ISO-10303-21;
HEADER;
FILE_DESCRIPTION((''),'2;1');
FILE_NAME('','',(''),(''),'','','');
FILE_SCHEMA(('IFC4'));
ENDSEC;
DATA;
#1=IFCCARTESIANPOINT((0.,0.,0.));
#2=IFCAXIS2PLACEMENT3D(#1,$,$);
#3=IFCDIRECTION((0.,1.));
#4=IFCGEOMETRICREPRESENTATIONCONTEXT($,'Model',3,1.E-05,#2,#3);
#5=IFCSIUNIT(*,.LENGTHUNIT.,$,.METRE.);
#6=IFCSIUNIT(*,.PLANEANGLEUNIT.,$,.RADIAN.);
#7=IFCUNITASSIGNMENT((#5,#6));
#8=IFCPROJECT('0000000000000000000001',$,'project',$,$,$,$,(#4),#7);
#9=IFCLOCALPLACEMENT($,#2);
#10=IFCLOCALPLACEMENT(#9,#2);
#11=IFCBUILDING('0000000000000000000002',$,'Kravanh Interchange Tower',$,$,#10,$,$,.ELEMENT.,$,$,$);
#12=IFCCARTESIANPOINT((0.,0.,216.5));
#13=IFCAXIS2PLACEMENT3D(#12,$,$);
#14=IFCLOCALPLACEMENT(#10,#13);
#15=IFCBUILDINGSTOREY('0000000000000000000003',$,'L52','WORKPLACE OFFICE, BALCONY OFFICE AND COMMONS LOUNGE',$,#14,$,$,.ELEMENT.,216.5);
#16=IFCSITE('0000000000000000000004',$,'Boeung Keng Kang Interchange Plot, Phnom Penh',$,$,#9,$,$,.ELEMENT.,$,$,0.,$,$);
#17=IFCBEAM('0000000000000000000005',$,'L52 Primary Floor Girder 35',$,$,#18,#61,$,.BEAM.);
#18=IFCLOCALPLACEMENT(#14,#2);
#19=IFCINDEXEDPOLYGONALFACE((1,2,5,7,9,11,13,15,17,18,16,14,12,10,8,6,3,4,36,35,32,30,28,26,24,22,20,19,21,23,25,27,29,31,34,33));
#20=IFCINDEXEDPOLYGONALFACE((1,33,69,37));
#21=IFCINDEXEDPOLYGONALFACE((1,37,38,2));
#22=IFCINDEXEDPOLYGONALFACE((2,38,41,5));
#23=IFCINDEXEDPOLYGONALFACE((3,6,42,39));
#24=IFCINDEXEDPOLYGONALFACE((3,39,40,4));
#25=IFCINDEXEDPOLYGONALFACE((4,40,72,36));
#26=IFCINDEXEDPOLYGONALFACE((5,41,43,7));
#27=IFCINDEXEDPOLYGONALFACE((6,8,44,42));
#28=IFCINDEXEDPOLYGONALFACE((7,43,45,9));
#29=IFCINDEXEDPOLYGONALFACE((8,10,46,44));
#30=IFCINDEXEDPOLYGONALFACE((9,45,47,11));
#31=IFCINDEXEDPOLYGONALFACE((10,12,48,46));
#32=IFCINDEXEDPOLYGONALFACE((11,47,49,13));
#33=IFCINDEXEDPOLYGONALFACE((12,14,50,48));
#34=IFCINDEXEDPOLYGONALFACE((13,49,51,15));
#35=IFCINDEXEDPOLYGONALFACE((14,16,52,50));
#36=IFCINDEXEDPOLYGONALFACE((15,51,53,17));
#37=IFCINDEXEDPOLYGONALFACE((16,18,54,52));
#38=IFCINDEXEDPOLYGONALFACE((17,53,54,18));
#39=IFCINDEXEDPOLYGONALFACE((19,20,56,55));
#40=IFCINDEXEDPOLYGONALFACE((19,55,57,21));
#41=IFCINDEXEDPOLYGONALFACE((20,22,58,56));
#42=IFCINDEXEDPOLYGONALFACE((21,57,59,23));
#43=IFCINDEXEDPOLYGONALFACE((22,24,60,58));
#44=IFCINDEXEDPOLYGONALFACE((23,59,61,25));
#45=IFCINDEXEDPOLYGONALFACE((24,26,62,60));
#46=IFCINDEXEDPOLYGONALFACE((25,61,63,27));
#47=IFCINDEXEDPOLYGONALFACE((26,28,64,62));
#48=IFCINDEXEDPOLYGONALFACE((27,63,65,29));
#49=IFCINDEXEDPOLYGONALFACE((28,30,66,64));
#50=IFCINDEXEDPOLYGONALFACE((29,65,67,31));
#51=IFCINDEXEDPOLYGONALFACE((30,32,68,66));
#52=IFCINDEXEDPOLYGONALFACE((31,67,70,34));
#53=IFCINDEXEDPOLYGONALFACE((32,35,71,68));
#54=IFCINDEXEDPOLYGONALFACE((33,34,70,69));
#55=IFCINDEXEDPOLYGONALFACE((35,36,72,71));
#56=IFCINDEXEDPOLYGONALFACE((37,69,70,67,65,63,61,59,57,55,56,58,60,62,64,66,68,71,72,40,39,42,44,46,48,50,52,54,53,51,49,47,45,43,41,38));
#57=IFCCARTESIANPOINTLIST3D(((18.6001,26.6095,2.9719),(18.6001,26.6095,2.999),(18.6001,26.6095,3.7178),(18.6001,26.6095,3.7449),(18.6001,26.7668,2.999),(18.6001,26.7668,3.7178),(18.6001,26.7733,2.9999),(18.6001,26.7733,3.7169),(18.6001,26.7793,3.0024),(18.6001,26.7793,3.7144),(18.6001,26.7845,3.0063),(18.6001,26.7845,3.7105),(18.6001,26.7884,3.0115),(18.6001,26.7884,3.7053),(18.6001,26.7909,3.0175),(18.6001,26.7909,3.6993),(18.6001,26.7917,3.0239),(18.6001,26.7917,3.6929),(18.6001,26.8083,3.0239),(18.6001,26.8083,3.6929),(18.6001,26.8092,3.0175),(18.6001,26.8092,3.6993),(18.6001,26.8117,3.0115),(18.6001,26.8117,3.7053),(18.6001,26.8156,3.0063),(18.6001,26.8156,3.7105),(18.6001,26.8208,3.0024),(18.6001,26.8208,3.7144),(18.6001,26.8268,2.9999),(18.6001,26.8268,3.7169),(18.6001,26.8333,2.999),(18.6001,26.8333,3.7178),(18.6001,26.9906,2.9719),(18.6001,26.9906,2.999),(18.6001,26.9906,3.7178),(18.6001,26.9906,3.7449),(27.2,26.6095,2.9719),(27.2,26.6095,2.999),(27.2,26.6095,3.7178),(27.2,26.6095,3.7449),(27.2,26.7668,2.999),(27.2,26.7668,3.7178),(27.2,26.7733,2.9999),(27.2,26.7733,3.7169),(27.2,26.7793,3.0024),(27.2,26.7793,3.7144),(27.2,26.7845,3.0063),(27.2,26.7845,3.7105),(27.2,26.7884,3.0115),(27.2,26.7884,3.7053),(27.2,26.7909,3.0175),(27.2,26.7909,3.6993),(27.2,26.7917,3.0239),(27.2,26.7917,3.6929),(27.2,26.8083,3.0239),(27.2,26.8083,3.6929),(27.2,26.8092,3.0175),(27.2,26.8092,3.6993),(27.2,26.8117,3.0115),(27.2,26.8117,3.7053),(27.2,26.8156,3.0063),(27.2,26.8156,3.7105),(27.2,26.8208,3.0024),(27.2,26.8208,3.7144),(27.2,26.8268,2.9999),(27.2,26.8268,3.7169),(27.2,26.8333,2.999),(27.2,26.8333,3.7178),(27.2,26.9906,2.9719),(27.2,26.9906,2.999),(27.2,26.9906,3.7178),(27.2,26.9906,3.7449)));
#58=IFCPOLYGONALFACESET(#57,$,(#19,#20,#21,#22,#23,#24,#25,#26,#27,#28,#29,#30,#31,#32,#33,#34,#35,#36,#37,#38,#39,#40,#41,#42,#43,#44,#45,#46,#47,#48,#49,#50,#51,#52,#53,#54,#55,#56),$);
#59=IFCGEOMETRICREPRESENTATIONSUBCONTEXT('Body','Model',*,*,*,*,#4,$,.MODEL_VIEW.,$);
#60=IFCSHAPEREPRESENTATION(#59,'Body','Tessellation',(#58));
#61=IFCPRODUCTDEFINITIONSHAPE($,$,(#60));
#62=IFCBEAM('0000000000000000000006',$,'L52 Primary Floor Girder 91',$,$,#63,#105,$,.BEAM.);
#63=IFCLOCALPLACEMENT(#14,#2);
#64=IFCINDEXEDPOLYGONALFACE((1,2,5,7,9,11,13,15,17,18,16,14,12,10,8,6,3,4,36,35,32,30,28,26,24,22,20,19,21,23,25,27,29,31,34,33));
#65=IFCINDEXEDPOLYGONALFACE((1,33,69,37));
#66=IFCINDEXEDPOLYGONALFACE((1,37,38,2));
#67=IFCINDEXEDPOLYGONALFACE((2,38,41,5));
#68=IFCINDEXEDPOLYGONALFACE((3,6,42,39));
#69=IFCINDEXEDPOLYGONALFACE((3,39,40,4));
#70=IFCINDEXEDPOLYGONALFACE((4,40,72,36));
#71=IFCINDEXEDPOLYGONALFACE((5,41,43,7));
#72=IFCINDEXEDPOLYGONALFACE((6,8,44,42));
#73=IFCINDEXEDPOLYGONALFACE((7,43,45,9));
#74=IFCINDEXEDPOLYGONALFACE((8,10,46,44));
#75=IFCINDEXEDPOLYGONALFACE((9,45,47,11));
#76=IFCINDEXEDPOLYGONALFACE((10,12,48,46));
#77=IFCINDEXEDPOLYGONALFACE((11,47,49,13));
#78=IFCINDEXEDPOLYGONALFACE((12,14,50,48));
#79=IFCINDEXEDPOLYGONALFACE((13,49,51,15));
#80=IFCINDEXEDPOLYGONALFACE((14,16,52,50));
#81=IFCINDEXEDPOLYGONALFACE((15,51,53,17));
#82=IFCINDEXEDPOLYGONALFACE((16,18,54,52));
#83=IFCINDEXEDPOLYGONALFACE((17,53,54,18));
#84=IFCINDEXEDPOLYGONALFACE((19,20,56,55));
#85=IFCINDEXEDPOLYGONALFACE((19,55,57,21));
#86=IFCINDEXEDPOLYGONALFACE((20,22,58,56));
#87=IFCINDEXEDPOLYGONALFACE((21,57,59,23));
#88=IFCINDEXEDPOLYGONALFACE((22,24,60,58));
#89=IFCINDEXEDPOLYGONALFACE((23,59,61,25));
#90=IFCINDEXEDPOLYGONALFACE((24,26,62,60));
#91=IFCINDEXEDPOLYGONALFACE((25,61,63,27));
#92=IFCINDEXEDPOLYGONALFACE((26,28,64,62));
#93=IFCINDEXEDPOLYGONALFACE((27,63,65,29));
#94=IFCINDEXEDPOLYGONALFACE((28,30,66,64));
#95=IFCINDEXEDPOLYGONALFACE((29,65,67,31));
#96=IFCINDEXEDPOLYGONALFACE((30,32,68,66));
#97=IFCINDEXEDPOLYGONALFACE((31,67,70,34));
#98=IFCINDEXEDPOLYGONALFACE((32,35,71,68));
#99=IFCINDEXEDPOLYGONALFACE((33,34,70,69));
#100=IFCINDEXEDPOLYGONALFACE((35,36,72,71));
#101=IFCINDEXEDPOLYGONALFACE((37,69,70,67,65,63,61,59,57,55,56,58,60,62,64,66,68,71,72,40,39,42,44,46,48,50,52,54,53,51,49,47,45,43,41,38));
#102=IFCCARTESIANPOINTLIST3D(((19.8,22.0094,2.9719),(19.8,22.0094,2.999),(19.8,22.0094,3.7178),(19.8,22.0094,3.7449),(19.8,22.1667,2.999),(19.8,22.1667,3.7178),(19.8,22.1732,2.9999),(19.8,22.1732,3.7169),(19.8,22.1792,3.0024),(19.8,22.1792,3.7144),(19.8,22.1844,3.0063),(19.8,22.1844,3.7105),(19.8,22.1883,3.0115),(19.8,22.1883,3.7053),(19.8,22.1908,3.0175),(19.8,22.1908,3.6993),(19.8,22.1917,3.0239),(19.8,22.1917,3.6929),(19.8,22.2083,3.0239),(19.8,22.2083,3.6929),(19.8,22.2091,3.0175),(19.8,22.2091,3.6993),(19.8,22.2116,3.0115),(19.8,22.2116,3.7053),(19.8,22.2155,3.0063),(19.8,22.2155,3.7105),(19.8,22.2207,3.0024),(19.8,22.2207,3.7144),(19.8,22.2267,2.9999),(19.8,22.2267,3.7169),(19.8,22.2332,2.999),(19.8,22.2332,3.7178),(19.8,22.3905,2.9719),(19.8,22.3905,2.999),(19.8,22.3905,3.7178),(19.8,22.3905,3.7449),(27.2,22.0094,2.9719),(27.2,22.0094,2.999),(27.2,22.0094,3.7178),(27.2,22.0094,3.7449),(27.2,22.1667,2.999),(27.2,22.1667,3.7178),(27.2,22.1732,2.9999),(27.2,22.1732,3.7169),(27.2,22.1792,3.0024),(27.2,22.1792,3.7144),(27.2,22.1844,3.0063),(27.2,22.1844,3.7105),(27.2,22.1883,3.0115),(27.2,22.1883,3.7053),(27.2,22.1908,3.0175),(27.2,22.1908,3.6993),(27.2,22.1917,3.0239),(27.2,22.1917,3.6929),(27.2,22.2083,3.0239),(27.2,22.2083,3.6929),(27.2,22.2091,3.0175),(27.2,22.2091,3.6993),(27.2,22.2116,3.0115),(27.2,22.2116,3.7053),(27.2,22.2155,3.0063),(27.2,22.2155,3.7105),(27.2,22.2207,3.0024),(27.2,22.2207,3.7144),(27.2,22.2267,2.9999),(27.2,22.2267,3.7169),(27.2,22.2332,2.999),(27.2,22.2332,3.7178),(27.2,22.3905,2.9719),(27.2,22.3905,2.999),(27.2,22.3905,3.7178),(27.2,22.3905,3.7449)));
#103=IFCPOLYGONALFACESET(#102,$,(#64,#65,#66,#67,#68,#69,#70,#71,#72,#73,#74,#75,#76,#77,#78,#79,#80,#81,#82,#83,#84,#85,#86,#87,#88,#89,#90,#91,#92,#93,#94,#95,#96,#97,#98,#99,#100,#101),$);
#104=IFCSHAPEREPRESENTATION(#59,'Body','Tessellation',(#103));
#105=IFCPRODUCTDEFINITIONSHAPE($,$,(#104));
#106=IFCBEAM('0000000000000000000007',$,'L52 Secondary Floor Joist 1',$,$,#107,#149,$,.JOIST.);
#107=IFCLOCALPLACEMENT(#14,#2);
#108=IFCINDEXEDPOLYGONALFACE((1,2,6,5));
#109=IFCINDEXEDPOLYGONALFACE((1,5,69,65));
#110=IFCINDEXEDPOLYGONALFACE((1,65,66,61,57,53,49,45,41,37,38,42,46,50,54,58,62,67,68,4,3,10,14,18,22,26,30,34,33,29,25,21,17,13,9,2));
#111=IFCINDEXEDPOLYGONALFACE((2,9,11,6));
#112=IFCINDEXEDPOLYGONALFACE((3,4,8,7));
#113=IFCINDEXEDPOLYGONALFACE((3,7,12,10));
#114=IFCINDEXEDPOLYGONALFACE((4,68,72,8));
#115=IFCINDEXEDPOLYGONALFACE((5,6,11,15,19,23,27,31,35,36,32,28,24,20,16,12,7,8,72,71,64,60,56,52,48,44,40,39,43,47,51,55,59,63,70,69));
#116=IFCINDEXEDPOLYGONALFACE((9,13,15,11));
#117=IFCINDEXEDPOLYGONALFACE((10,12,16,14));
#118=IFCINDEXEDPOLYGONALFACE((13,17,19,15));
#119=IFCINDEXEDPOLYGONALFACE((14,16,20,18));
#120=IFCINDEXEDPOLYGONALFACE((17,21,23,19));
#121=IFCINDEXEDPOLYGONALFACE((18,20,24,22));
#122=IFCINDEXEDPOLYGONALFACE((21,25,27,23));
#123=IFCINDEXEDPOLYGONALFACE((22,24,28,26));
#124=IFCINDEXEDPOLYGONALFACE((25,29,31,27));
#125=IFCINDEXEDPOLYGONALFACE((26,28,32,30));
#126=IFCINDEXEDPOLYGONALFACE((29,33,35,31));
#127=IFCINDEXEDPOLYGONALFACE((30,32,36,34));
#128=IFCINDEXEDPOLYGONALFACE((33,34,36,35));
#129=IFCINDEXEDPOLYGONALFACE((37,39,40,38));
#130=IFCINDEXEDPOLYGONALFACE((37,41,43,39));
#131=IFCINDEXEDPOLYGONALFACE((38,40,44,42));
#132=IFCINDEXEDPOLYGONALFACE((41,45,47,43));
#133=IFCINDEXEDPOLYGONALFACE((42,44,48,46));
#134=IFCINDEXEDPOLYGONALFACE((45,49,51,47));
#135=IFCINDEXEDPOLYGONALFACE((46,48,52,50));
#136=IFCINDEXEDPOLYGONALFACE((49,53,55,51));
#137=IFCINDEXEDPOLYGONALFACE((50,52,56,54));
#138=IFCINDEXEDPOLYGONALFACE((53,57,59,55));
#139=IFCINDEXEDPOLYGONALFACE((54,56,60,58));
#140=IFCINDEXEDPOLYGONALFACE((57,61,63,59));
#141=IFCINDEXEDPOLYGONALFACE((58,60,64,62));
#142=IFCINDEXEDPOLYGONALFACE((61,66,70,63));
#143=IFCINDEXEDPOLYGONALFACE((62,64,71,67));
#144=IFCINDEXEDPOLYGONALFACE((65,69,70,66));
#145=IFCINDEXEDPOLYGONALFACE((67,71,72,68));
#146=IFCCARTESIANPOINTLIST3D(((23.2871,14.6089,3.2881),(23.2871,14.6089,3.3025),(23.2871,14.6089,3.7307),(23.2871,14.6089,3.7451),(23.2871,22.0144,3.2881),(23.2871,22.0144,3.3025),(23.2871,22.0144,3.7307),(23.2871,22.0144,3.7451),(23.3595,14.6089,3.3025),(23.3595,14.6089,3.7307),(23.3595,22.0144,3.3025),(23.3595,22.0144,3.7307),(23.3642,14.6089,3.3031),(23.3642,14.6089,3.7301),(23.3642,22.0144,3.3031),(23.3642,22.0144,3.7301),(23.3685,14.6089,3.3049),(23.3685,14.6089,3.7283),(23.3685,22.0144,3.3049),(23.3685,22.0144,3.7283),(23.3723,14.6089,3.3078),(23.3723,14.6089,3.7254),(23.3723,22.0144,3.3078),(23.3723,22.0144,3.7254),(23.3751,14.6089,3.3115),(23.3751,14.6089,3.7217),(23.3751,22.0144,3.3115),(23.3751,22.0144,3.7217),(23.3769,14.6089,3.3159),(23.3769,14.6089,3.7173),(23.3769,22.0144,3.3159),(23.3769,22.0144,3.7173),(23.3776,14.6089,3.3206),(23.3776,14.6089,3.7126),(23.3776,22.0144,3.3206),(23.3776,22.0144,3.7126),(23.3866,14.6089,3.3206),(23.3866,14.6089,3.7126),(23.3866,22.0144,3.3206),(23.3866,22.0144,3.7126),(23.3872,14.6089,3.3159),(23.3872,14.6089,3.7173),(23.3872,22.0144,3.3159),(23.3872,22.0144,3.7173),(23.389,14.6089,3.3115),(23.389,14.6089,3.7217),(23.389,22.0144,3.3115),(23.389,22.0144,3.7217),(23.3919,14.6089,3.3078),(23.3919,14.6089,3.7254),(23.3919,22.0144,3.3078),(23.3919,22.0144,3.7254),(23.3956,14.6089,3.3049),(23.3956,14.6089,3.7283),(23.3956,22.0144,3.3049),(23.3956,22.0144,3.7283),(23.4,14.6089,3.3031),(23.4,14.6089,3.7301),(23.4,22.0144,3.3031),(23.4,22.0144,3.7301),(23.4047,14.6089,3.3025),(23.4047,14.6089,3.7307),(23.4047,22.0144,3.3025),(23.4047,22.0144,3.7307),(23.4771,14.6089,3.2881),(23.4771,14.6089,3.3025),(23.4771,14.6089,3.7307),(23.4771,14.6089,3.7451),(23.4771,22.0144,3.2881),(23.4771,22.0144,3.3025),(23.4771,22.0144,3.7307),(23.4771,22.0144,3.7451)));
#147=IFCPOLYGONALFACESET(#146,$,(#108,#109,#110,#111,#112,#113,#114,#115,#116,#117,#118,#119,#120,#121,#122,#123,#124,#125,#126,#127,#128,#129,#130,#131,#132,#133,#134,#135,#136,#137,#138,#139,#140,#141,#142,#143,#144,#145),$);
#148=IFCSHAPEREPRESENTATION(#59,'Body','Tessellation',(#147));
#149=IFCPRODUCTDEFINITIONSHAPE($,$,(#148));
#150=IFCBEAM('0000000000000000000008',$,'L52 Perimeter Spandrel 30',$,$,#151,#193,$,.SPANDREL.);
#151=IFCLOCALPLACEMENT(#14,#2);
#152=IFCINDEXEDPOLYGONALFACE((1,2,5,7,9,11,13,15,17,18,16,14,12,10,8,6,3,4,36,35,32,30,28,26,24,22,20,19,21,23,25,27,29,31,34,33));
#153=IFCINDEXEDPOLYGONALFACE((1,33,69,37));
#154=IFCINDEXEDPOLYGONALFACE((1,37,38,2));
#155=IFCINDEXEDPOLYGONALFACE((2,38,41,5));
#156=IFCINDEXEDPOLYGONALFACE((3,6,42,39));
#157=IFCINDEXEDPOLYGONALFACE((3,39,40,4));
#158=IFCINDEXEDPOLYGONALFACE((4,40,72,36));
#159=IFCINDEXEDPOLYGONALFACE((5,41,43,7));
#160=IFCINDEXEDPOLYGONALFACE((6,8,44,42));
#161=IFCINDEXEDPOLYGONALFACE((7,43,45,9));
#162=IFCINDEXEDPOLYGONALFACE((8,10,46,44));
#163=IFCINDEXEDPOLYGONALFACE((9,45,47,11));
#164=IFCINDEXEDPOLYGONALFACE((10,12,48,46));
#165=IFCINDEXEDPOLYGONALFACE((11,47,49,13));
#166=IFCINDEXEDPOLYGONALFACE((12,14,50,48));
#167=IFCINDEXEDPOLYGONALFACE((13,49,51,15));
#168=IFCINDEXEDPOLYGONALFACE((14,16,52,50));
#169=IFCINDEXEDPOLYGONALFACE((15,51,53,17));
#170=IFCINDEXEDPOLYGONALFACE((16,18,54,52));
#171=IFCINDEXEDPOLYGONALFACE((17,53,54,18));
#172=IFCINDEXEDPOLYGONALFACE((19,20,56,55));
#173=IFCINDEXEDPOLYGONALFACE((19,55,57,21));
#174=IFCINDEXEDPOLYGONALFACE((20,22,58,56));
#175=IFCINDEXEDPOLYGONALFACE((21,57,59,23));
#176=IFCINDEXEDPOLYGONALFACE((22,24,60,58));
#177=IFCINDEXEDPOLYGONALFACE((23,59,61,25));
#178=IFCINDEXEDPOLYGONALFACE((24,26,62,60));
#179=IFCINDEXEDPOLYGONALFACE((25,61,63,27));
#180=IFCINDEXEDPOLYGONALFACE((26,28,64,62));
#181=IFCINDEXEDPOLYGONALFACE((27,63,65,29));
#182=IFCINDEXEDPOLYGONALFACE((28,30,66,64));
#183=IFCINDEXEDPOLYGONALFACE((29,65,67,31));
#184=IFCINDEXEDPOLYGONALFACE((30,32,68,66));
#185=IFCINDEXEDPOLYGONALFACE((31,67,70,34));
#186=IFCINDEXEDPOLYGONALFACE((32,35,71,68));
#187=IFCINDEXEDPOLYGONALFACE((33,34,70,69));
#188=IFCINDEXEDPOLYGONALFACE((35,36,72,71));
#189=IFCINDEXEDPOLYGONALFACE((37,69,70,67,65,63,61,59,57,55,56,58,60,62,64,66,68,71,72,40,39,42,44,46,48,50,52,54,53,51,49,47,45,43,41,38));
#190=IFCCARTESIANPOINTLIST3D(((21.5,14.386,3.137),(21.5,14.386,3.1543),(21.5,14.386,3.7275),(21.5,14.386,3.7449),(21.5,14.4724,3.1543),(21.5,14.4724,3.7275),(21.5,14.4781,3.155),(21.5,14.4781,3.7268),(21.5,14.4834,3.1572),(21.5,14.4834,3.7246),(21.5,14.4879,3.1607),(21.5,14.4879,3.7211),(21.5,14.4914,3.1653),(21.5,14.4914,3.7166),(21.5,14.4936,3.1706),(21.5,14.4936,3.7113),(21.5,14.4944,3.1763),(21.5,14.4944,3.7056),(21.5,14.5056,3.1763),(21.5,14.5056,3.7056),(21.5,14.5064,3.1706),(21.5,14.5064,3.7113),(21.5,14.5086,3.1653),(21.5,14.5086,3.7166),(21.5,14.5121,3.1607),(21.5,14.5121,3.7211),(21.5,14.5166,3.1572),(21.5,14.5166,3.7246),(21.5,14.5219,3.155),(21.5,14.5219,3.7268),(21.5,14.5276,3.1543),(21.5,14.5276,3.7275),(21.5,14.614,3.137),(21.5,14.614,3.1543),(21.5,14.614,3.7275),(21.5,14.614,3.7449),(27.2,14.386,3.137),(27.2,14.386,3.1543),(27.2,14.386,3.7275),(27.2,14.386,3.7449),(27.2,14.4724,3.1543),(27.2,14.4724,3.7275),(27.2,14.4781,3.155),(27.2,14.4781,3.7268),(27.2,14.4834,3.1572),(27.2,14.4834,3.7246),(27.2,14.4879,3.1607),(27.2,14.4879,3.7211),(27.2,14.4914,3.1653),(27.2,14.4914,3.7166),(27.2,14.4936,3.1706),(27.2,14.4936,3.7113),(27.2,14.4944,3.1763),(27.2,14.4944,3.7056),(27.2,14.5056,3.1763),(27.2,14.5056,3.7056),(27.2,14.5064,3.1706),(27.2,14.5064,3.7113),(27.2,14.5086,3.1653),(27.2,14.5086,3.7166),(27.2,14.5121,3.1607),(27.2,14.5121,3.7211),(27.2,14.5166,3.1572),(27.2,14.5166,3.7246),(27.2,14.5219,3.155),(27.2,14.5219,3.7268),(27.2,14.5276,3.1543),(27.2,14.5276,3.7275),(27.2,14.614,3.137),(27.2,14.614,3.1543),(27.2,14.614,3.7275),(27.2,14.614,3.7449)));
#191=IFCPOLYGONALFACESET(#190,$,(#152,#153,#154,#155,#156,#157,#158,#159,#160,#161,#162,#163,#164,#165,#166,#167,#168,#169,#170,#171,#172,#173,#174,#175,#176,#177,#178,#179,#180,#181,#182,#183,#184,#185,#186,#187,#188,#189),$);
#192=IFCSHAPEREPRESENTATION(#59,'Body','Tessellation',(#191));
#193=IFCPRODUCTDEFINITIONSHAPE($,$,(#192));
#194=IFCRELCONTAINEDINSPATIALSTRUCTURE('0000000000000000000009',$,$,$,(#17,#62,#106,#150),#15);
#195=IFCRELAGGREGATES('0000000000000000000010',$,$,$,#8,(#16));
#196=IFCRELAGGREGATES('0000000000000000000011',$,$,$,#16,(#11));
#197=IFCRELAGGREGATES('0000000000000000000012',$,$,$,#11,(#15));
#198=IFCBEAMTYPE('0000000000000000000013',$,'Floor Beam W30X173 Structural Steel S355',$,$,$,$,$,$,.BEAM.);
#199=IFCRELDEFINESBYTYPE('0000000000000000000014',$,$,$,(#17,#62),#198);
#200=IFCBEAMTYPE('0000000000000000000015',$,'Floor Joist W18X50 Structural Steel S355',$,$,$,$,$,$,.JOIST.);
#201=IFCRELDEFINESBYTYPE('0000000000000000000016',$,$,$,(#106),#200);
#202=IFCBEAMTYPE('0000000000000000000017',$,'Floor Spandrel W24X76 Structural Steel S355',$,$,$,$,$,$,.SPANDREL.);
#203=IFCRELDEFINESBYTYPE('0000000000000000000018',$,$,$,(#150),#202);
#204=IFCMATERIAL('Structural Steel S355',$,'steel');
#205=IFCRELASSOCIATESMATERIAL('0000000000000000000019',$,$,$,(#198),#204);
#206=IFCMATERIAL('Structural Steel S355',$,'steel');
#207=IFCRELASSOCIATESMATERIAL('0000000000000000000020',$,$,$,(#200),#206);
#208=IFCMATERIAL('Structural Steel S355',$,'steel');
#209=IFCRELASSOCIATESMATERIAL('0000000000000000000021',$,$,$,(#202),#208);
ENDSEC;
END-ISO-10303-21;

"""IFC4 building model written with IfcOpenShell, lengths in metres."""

from ifc_helpers import new_model, si_unit, direction, frame, origin, origin_2d, place, context, subcontext, project, spatial, i_section, extrude, material, material_profile, profile_set, type_object, element, save


model = new_model("IFC4")

# Units and contexts
model_context = context("Model", 3, precision=1e-05, world=origin(), true_north=direction((0.0, 1.0)))
body_context = subcontext(model_context, "Body", "Model", "MODEL_VIEW")
ifc_project = project(units=[si_unit("LENGTHUNIT", "METRE"), si_unit("PLANEANGLEUNIT", "RADIAN")], contexts=[model_context])

# Site, building, storey
site_placement = place(None, origin())
site = spatial("IfcSite", under=ifc_project, at=site_placement, Name="Boeung Keng Kang Interchange Plot, Phnom Penh", CompositionType="ELEMENT", RefElevation=0.0)
building_placement = place(site_placement, origin())
building = spatial("IfcBuilding", under=site, at=building_placement, Name="Kravanh Interchange Tower", CompositionType="ELEMENT")
storey_placement = place(building_placement, frame((0.0, 0.0, 216.5)))
storey = spatial("IfcBuildingStorey", under=building, at=storey_placement, Name="L52", Description="WORKPLACE OFFICE, BALCONY OFFICE AND COMMONS LOUNGE", CompositionType="ELEMENT", Elevation=216.5)

# Beams
ifc_material_1 = material(Name="Structural Steel S355", Category="steel")
ifc_material_profile_1 = material_profile(ifc_material_1, i_section(OverallWidth=0.3811, OverallDepth=0.7729, WebThickness=0.0166, FlangeThickness=0.0271, FilletRadius=0.0249, at=origin_2d()), Name="W30X173")
ifc_profile_set_1 = profile_set([ifc_material_profile_1], Name="Structural Steel S355")
beam_type_1 = type_object("IfcBeamType", Name="Floor Beam W30X173 Structural Steel S355", PredefinedType="BEAM", material=ifc_profile_set_1)
beam_1_placement = place(storey_placement, frame((18.6001, 26.8, 3.3584), z_axis=(1.0, 0.0, 0.0), x_axis=(0.0, 1.0, 0.0)))
element("IfcBeam", 1, at=beam_1_placement, inside=storey, type_object=beam_type_1, Name="L52 Primary Floor Girder 35", PredefinedType="BEAM", context=body_context, shape_type="SweptSolid", body=[
    extrude(i_section(OverallWidth=0.3811, OverallDepth=0.7729, WebThickness=0.0166, FlangeThickness=0.0271, FilletRadius=0.0249, at=origin_2d()), origin(), (0.0, 0.0, 1.0), 8.5999),
])
beam_2_placement = place(storey_placement, frame((19.8, 22.2, 3.3584), z_axis=(1.0, 0.0, 0.0), x_axis=(0.0, 1.0, 0.0)))
element("IfcBeam", 2, at=beam_2_placement, inside=storey, type_object=beam_type_1, Name="L52 Primary Floor Girder 91", PredefinedType="BEAM", context=body_context, shape_type="SweptSolid", body=[
    extrude(i_section(OverallWidth=0.3811, OverallDepth=0.7729, WebThickness=0.0166, FlangeThickness=0.0271, FilletRadius=0.0249, at=origin_2d()), origin(), (0.0, 0.0, 1.0), 7.3999),
])
ifc_material_2 = material(Name="Structural Steel S355", Category="steel")
ifc_material_profile_2 = material_profile(ifc_material_2, i_section(OverallWidth=0.1899, OverallDepth=0.457, WebThickness=0.009, FlangeThickness=0.0144, FilletRadius=0.0181, at=origin_2d()), Name="W18X50")
ifc_profile_set_2 = profile_set([ifc_material_profile_2], Name="Structural Steel S355")
beam_type_2 = type_object("IfcBeamType", Name="Floor Joist W18X50 Structural Steel S355", PredefinedType="JOIST", material=ifc_profile_set_2)
beam_3_placement = place(storey_placement, frame((23.3821, 14.6089, 3.5166), z_axis=(0.0, 1.0, 0.0), x_axis=(-1.0, 0.0, 0.0)))
element("IfcBeam", 3, at=beam_3_placement, inside=storey, type_object=beam_type_2, Name="L52 Secondary Floor Joist 1", PredefinedType="JOIST", context=body_context, shape_type="SweptSolid", body=[
    extrude(i_section(OverallWidth=0.1899, OverallDepth=0.457, WebThickness=0.009, FlangeThickness=0.0144, FilletRadius=0.0181, at=origin_2d()), origin(), (0.0, 0.0, 1.0), 7.4055),
])
ifc_material_3 = material(Name="Structural Steel S355", Category="steel")
ifc_material_profile_3 = material_profile(ifc_material_3, i_section(OverallWidth=0.228, OverallDepth=0.6079, WebThickness=0.0112, FlangeThickness=0.0173, FilletRadius=0.022, at=origin_2d()), Name="W24X76")
ifc_profile_set_3 = profile_set([ifc_material_profile_3], Name="Structural Steel S355")
beam_type_3 = type_object("IfcBeamType", Name="Floor Spandrel W24X76 Structural Steel S355", PredefinedType="SPANDREL", material=ifc_profile_set_3)
beam_4_placement = place(storey_placement, frame((21.5, 14.5, 3.4409), z_axis=(1.0, 0.0, 0.0), x_axis=(0.0, 1.0, 0.0)))
element("IfcBeam", 4, at=beam_4_placement, inside=storey, type_object=beam_type_3, Name="L52 Perimeter Spandrel 30", PredefinedType="SPANDREL", context=body_context, shape_type="SweptSolid", body=[
    extrude(i_section(OverallWidth=0.228, OverallDepth=0.6079, WebThickness=0.0112, FlangeThickness=0.0173, FilletRadius=0.022, at=origin_2d()), origin(), (0.0, 0.0, 1.0), 5.7),
])

save(model, "model.ifc")
